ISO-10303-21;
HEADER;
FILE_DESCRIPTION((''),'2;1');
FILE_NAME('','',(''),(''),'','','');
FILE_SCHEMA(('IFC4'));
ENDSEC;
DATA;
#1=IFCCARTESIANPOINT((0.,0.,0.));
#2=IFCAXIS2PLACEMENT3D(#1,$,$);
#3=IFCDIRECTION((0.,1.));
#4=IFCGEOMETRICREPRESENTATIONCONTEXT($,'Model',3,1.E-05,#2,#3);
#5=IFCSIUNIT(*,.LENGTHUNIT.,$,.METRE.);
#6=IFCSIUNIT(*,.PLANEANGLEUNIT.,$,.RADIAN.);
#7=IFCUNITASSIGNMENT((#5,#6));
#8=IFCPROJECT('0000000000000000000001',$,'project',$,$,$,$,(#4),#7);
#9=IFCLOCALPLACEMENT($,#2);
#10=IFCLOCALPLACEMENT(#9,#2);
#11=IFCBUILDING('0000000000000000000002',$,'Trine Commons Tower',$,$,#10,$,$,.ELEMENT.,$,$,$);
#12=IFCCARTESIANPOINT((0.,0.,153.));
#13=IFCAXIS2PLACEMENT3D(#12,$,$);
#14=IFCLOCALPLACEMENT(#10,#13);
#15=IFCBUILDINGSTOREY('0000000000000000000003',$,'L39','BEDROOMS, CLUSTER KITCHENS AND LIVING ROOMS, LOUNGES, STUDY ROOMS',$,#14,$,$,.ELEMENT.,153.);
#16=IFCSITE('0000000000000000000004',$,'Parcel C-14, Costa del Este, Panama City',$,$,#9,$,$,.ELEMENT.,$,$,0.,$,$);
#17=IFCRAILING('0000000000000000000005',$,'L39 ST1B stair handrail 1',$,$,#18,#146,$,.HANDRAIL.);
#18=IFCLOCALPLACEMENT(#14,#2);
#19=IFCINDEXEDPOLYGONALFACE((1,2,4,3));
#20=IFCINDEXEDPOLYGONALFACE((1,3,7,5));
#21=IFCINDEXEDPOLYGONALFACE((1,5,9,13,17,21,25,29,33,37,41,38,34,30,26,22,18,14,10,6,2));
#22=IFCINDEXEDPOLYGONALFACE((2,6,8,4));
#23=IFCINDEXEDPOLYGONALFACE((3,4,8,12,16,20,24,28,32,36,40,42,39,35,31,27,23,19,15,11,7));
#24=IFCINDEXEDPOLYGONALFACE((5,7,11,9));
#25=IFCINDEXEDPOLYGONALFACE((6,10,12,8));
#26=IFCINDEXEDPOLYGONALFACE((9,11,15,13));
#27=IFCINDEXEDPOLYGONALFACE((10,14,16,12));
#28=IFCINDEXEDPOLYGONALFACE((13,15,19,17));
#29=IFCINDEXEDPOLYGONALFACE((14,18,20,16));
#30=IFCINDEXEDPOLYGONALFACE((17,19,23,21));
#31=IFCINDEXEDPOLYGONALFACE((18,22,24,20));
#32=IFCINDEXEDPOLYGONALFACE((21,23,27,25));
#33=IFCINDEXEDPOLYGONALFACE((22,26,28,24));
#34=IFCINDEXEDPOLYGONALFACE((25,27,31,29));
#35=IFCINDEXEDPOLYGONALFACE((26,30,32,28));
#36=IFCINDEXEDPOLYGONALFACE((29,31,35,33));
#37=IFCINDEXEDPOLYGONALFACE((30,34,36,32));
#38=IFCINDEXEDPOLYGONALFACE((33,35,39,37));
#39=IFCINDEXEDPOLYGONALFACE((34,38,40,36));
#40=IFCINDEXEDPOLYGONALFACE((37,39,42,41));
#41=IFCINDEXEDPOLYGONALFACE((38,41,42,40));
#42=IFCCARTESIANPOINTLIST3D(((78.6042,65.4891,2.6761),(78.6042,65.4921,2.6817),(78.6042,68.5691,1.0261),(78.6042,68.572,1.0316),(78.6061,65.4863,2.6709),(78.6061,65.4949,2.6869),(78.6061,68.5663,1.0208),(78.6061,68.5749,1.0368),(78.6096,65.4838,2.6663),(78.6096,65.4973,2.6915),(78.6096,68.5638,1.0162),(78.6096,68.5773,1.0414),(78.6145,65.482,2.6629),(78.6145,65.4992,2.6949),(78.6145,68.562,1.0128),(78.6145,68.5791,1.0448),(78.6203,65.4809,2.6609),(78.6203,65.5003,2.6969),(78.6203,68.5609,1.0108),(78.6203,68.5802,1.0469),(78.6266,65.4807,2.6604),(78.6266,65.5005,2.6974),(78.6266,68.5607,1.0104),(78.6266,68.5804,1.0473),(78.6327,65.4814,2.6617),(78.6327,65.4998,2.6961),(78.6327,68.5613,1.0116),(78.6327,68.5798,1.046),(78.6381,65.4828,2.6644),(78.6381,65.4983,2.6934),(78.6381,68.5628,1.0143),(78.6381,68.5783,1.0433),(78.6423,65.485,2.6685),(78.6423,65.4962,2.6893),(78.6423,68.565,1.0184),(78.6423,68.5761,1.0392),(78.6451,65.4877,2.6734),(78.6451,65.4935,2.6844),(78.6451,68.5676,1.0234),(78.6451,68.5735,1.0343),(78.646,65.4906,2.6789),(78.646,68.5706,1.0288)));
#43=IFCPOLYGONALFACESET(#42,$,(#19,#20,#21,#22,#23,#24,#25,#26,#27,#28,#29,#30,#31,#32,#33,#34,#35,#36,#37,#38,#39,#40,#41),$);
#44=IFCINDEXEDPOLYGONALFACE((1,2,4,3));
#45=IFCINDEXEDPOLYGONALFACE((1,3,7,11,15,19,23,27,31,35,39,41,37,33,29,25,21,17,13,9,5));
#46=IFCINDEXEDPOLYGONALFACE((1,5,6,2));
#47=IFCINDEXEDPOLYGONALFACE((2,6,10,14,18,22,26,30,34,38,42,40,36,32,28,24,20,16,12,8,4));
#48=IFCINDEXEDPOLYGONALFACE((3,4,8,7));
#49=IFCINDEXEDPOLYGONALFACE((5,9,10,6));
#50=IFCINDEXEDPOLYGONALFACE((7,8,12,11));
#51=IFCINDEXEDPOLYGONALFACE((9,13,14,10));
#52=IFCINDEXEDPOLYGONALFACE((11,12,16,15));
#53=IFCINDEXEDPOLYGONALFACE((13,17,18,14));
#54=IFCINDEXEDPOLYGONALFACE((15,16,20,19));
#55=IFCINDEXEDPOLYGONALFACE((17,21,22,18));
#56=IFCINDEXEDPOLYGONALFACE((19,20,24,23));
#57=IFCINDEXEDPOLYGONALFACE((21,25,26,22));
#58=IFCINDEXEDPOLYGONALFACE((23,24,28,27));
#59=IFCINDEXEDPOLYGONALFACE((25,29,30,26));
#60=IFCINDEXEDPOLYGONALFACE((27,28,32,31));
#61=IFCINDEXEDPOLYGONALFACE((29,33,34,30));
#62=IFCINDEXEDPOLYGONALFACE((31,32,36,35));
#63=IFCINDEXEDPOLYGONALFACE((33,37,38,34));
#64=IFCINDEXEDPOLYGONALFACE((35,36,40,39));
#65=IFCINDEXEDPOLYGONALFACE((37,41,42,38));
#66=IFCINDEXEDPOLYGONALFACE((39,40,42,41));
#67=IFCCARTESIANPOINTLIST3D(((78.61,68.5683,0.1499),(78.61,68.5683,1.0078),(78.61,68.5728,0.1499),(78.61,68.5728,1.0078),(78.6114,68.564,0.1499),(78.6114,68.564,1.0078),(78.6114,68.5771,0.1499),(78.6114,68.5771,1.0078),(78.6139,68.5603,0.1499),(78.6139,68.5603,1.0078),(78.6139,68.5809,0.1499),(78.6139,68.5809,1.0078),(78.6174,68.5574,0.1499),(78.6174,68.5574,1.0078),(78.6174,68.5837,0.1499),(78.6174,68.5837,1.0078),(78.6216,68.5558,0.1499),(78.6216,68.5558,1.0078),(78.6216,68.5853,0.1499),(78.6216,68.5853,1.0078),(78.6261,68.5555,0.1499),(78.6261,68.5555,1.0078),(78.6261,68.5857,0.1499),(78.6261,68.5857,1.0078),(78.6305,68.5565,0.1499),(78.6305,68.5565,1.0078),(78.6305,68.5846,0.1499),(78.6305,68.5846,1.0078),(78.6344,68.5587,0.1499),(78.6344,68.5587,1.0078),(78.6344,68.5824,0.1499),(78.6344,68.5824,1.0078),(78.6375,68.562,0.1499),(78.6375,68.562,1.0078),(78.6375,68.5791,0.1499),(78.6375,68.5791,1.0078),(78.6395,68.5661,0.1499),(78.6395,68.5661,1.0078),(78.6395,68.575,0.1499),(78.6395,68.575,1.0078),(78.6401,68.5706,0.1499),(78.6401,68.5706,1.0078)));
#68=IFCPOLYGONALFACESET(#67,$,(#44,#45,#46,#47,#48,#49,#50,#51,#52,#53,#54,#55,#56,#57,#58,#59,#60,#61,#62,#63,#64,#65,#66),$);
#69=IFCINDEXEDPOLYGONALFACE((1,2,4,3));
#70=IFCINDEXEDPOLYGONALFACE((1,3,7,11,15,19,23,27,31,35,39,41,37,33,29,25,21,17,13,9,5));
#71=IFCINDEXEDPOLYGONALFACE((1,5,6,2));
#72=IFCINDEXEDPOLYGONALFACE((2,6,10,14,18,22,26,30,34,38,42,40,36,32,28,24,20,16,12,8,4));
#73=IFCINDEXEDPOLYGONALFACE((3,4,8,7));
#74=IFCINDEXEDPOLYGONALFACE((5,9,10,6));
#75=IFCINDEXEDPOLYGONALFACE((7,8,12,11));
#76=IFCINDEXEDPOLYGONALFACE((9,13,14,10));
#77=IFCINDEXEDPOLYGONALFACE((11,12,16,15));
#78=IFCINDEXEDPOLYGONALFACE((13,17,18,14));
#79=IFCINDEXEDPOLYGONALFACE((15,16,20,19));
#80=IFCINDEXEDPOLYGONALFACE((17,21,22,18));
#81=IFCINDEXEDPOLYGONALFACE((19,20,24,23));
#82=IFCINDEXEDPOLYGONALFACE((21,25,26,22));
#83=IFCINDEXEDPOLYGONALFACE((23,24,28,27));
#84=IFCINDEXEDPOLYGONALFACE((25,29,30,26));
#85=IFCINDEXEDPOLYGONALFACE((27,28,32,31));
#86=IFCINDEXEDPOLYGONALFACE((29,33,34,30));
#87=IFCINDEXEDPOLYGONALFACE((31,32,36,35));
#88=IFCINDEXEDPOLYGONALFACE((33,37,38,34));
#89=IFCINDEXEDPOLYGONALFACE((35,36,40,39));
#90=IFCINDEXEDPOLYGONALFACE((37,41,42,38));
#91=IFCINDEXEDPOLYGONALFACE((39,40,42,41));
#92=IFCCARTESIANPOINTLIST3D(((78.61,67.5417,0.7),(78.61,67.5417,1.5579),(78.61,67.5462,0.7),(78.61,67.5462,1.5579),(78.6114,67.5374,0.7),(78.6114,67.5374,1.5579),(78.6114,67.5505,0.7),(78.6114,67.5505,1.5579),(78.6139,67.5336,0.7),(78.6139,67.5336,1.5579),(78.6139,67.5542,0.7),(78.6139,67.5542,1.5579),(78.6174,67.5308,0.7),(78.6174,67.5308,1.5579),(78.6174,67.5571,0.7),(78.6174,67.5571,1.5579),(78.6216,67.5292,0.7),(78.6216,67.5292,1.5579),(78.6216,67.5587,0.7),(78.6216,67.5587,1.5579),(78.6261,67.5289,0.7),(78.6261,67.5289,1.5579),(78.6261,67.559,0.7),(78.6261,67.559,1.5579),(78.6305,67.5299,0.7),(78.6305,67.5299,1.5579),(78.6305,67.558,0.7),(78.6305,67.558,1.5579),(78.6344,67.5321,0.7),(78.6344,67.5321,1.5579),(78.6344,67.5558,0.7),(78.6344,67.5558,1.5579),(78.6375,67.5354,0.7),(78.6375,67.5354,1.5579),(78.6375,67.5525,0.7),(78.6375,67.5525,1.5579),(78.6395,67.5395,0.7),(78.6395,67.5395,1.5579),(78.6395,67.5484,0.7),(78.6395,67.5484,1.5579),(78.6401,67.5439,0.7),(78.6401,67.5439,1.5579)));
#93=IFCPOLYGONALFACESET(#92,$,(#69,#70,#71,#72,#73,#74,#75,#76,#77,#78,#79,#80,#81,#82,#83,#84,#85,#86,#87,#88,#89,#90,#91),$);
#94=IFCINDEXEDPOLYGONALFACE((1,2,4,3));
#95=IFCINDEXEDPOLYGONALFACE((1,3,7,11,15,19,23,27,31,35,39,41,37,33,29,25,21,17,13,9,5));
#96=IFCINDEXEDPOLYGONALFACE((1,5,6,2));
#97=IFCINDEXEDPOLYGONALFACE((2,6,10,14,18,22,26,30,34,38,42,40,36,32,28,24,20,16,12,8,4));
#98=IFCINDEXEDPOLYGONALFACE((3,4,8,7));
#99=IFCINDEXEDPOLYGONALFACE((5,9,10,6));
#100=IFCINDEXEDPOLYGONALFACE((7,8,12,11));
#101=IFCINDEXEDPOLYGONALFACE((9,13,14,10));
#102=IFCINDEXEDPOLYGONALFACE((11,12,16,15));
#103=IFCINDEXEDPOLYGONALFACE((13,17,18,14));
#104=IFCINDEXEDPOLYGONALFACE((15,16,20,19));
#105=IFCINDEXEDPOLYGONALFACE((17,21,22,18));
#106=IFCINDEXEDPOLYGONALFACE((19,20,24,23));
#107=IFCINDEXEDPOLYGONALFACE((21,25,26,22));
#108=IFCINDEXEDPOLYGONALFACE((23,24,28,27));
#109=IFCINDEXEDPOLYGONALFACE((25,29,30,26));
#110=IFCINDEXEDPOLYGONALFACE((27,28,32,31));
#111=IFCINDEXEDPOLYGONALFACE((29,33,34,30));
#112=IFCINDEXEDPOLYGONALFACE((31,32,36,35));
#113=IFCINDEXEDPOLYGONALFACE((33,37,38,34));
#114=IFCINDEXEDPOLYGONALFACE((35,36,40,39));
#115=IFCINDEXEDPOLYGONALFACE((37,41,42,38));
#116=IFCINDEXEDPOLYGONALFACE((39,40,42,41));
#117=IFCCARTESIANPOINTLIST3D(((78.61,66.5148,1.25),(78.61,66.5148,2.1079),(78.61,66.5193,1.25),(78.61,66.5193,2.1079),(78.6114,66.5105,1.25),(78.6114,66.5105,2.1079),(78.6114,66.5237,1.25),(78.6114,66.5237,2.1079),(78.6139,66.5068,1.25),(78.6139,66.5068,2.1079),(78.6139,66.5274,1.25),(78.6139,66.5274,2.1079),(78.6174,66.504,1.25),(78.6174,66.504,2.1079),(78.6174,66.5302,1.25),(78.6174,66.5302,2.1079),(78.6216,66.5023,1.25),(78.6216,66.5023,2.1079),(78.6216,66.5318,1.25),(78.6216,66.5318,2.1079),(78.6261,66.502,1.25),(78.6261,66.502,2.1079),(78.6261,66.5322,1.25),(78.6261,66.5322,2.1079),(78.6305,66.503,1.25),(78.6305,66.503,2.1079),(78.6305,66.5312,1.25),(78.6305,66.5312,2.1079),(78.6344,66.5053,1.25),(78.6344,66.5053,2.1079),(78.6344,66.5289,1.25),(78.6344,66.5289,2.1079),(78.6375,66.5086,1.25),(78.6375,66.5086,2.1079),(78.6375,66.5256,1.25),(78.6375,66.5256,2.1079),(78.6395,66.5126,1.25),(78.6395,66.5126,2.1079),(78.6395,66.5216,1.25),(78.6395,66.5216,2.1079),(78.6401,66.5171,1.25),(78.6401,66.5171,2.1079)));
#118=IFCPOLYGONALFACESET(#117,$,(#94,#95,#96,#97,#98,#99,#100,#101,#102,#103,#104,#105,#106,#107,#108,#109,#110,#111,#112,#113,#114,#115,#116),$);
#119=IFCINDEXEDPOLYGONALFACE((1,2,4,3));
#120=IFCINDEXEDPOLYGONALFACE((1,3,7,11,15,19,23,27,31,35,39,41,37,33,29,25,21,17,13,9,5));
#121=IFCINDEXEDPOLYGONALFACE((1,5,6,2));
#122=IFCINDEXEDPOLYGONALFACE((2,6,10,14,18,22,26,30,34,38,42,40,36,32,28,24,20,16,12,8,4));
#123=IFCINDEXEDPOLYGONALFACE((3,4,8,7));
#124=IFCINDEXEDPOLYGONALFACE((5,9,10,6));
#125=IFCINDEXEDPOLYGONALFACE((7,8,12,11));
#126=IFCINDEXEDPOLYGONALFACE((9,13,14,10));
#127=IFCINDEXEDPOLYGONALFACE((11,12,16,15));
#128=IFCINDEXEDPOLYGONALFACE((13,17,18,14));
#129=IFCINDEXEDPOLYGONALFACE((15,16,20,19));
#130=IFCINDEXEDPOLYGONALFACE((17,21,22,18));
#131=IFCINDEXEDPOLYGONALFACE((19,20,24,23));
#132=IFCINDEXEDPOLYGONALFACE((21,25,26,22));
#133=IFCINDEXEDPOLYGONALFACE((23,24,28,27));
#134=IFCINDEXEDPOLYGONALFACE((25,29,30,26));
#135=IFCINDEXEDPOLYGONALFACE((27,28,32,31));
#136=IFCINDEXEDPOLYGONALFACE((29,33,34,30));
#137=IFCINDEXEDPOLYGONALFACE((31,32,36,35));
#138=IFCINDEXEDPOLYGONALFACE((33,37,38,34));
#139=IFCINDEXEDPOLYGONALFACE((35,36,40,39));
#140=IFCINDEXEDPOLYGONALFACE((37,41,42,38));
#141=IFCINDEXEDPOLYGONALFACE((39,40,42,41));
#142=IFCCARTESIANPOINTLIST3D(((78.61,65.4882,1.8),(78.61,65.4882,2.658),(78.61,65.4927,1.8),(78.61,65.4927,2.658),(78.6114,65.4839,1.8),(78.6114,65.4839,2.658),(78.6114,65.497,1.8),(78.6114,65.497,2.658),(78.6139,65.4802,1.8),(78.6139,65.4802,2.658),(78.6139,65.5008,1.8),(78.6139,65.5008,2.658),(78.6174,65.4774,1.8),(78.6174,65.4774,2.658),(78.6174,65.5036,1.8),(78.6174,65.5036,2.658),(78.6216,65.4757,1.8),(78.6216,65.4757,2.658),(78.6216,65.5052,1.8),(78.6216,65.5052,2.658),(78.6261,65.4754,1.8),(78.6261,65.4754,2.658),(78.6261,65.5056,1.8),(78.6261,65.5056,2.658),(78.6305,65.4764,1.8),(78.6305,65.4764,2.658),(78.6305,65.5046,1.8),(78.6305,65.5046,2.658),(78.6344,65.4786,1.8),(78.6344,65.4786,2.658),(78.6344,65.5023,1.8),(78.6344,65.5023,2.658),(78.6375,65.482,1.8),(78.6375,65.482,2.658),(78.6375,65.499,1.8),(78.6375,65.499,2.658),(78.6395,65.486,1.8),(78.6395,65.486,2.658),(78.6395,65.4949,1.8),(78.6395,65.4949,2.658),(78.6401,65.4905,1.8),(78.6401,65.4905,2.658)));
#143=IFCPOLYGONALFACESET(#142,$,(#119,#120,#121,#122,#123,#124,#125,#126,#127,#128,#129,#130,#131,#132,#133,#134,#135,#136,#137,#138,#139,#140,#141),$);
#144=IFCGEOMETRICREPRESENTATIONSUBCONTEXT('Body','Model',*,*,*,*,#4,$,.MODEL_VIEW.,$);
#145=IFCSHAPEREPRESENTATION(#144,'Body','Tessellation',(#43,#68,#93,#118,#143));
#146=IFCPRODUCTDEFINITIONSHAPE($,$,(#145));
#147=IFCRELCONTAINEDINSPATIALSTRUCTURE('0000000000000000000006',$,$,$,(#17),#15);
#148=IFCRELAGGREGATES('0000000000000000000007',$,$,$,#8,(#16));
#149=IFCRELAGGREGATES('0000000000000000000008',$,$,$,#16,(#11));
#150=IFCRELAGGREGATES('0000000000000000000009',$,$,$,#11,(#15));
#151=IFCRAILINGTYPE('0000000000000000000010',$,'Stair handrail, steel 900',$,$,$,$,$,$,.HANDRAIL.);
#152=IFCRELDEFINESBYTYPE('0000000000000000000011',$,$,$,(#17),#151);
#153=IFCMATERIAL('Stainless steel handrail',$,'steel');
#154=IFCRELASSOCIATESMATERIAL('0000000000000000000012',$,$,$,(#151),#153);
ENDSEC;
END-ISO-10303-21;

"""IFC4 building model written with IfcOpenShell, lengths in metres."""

from ifc_helpers import new_model, si_unit, direction, frame, origin, origin_2d, place, context, subcontext, project, spatial, circle, extrude, material, type_object, element, save


model = new_model("IFC4")

# Units and contexts
model_context = context("Model", 3, precision=1e-05, world=origin(), true_north=direction((0.0, 1.0)))
body_context = subcontext(model_context, "Body", "Model", "MODEL_VIEW")
ifc_project = project(units=[si_unit("LENGTHUNIT", "METRE"), si_unit("PLANEANGLEUNIT", "RADIAN")], contexts=[model_context])

# Site, building, storey
site_placement = place(None, origin())
site = spatial("IfcSite", under=ifc_project, at=site_placement, Name="Parcel C-14, Costa del Este, Panama City", CompositionType="ELEMENT", RefElevation=0.0)
building_placement = place(site_placement, origin())
building = spatial("IfcBuilding", under=site, at=building_placement, Name="Trine Commons Tower", CompositionType="ELEMENT")
storey_placement = place(building_placement, frame((0.0, 0.0, 153.0)))
storey = spatial("IfcBuildingStorey", under=building, at=storey_placement, Name="L39", Description="BEDROOMS, CLUSTER KITCHENS AND LIVING ROOMS, LOUNGES, STUDY ROOMS", CompositionType="ELEMENT", Elevation=153.0)

# Railing
ifc_material_1 = material(Name="Stainless steel handrail", Category="steel")
railing_type = type_object("IfcRailingType", Name="Stair handrail, steel 900", PredefinedType="HANDRAIL", material=ifc_material_1)
railing_placement = place(storey_placement, frame((78.625, 68.5706, 0.1499)))
element("IfcRailing", 1, at=railing_placement, inside=storey, type_object=railing_type, Name="L39 ST1B stair handrail 1", PredefinedType="HANDRAIL", context=body_context, shape_type="SweptSolid", body=[
    extrude(circle(Radius=0.021, at=origin_2d()), frame((0.0, 0.0, 0.8789), z_axis=(0.0, -0.881468, 0.472245), x_axis=(1.0, 0.0, 0.0)), (0.0, 0.0, 1.0), 3.4941),
    extrude(circle(Radius=0.0151, at=origin_2d()), origin(), (0.0, 0.0, 1.0), 0.8579),
    extrude(circle(Radius=0.0151, at=origin_2d()), frame((0.0, -1.0266, 0.55)), (0.0, 0.0, 1.0), 0.8579),
    extrude(circle(Radius=0.0151, at=origin_2d()), frame((0.0, -2.0535, 1.1001)), (0.0, 0.0, 1.0), 0.8579),
    extrude(circle(Radius=0.0151, at=origin_2d()), frame((0.0, -3.0801, 1.6501)), (0.0, 0.0, 1.0), 0.8579),
])

save(model, "model.ifc")
